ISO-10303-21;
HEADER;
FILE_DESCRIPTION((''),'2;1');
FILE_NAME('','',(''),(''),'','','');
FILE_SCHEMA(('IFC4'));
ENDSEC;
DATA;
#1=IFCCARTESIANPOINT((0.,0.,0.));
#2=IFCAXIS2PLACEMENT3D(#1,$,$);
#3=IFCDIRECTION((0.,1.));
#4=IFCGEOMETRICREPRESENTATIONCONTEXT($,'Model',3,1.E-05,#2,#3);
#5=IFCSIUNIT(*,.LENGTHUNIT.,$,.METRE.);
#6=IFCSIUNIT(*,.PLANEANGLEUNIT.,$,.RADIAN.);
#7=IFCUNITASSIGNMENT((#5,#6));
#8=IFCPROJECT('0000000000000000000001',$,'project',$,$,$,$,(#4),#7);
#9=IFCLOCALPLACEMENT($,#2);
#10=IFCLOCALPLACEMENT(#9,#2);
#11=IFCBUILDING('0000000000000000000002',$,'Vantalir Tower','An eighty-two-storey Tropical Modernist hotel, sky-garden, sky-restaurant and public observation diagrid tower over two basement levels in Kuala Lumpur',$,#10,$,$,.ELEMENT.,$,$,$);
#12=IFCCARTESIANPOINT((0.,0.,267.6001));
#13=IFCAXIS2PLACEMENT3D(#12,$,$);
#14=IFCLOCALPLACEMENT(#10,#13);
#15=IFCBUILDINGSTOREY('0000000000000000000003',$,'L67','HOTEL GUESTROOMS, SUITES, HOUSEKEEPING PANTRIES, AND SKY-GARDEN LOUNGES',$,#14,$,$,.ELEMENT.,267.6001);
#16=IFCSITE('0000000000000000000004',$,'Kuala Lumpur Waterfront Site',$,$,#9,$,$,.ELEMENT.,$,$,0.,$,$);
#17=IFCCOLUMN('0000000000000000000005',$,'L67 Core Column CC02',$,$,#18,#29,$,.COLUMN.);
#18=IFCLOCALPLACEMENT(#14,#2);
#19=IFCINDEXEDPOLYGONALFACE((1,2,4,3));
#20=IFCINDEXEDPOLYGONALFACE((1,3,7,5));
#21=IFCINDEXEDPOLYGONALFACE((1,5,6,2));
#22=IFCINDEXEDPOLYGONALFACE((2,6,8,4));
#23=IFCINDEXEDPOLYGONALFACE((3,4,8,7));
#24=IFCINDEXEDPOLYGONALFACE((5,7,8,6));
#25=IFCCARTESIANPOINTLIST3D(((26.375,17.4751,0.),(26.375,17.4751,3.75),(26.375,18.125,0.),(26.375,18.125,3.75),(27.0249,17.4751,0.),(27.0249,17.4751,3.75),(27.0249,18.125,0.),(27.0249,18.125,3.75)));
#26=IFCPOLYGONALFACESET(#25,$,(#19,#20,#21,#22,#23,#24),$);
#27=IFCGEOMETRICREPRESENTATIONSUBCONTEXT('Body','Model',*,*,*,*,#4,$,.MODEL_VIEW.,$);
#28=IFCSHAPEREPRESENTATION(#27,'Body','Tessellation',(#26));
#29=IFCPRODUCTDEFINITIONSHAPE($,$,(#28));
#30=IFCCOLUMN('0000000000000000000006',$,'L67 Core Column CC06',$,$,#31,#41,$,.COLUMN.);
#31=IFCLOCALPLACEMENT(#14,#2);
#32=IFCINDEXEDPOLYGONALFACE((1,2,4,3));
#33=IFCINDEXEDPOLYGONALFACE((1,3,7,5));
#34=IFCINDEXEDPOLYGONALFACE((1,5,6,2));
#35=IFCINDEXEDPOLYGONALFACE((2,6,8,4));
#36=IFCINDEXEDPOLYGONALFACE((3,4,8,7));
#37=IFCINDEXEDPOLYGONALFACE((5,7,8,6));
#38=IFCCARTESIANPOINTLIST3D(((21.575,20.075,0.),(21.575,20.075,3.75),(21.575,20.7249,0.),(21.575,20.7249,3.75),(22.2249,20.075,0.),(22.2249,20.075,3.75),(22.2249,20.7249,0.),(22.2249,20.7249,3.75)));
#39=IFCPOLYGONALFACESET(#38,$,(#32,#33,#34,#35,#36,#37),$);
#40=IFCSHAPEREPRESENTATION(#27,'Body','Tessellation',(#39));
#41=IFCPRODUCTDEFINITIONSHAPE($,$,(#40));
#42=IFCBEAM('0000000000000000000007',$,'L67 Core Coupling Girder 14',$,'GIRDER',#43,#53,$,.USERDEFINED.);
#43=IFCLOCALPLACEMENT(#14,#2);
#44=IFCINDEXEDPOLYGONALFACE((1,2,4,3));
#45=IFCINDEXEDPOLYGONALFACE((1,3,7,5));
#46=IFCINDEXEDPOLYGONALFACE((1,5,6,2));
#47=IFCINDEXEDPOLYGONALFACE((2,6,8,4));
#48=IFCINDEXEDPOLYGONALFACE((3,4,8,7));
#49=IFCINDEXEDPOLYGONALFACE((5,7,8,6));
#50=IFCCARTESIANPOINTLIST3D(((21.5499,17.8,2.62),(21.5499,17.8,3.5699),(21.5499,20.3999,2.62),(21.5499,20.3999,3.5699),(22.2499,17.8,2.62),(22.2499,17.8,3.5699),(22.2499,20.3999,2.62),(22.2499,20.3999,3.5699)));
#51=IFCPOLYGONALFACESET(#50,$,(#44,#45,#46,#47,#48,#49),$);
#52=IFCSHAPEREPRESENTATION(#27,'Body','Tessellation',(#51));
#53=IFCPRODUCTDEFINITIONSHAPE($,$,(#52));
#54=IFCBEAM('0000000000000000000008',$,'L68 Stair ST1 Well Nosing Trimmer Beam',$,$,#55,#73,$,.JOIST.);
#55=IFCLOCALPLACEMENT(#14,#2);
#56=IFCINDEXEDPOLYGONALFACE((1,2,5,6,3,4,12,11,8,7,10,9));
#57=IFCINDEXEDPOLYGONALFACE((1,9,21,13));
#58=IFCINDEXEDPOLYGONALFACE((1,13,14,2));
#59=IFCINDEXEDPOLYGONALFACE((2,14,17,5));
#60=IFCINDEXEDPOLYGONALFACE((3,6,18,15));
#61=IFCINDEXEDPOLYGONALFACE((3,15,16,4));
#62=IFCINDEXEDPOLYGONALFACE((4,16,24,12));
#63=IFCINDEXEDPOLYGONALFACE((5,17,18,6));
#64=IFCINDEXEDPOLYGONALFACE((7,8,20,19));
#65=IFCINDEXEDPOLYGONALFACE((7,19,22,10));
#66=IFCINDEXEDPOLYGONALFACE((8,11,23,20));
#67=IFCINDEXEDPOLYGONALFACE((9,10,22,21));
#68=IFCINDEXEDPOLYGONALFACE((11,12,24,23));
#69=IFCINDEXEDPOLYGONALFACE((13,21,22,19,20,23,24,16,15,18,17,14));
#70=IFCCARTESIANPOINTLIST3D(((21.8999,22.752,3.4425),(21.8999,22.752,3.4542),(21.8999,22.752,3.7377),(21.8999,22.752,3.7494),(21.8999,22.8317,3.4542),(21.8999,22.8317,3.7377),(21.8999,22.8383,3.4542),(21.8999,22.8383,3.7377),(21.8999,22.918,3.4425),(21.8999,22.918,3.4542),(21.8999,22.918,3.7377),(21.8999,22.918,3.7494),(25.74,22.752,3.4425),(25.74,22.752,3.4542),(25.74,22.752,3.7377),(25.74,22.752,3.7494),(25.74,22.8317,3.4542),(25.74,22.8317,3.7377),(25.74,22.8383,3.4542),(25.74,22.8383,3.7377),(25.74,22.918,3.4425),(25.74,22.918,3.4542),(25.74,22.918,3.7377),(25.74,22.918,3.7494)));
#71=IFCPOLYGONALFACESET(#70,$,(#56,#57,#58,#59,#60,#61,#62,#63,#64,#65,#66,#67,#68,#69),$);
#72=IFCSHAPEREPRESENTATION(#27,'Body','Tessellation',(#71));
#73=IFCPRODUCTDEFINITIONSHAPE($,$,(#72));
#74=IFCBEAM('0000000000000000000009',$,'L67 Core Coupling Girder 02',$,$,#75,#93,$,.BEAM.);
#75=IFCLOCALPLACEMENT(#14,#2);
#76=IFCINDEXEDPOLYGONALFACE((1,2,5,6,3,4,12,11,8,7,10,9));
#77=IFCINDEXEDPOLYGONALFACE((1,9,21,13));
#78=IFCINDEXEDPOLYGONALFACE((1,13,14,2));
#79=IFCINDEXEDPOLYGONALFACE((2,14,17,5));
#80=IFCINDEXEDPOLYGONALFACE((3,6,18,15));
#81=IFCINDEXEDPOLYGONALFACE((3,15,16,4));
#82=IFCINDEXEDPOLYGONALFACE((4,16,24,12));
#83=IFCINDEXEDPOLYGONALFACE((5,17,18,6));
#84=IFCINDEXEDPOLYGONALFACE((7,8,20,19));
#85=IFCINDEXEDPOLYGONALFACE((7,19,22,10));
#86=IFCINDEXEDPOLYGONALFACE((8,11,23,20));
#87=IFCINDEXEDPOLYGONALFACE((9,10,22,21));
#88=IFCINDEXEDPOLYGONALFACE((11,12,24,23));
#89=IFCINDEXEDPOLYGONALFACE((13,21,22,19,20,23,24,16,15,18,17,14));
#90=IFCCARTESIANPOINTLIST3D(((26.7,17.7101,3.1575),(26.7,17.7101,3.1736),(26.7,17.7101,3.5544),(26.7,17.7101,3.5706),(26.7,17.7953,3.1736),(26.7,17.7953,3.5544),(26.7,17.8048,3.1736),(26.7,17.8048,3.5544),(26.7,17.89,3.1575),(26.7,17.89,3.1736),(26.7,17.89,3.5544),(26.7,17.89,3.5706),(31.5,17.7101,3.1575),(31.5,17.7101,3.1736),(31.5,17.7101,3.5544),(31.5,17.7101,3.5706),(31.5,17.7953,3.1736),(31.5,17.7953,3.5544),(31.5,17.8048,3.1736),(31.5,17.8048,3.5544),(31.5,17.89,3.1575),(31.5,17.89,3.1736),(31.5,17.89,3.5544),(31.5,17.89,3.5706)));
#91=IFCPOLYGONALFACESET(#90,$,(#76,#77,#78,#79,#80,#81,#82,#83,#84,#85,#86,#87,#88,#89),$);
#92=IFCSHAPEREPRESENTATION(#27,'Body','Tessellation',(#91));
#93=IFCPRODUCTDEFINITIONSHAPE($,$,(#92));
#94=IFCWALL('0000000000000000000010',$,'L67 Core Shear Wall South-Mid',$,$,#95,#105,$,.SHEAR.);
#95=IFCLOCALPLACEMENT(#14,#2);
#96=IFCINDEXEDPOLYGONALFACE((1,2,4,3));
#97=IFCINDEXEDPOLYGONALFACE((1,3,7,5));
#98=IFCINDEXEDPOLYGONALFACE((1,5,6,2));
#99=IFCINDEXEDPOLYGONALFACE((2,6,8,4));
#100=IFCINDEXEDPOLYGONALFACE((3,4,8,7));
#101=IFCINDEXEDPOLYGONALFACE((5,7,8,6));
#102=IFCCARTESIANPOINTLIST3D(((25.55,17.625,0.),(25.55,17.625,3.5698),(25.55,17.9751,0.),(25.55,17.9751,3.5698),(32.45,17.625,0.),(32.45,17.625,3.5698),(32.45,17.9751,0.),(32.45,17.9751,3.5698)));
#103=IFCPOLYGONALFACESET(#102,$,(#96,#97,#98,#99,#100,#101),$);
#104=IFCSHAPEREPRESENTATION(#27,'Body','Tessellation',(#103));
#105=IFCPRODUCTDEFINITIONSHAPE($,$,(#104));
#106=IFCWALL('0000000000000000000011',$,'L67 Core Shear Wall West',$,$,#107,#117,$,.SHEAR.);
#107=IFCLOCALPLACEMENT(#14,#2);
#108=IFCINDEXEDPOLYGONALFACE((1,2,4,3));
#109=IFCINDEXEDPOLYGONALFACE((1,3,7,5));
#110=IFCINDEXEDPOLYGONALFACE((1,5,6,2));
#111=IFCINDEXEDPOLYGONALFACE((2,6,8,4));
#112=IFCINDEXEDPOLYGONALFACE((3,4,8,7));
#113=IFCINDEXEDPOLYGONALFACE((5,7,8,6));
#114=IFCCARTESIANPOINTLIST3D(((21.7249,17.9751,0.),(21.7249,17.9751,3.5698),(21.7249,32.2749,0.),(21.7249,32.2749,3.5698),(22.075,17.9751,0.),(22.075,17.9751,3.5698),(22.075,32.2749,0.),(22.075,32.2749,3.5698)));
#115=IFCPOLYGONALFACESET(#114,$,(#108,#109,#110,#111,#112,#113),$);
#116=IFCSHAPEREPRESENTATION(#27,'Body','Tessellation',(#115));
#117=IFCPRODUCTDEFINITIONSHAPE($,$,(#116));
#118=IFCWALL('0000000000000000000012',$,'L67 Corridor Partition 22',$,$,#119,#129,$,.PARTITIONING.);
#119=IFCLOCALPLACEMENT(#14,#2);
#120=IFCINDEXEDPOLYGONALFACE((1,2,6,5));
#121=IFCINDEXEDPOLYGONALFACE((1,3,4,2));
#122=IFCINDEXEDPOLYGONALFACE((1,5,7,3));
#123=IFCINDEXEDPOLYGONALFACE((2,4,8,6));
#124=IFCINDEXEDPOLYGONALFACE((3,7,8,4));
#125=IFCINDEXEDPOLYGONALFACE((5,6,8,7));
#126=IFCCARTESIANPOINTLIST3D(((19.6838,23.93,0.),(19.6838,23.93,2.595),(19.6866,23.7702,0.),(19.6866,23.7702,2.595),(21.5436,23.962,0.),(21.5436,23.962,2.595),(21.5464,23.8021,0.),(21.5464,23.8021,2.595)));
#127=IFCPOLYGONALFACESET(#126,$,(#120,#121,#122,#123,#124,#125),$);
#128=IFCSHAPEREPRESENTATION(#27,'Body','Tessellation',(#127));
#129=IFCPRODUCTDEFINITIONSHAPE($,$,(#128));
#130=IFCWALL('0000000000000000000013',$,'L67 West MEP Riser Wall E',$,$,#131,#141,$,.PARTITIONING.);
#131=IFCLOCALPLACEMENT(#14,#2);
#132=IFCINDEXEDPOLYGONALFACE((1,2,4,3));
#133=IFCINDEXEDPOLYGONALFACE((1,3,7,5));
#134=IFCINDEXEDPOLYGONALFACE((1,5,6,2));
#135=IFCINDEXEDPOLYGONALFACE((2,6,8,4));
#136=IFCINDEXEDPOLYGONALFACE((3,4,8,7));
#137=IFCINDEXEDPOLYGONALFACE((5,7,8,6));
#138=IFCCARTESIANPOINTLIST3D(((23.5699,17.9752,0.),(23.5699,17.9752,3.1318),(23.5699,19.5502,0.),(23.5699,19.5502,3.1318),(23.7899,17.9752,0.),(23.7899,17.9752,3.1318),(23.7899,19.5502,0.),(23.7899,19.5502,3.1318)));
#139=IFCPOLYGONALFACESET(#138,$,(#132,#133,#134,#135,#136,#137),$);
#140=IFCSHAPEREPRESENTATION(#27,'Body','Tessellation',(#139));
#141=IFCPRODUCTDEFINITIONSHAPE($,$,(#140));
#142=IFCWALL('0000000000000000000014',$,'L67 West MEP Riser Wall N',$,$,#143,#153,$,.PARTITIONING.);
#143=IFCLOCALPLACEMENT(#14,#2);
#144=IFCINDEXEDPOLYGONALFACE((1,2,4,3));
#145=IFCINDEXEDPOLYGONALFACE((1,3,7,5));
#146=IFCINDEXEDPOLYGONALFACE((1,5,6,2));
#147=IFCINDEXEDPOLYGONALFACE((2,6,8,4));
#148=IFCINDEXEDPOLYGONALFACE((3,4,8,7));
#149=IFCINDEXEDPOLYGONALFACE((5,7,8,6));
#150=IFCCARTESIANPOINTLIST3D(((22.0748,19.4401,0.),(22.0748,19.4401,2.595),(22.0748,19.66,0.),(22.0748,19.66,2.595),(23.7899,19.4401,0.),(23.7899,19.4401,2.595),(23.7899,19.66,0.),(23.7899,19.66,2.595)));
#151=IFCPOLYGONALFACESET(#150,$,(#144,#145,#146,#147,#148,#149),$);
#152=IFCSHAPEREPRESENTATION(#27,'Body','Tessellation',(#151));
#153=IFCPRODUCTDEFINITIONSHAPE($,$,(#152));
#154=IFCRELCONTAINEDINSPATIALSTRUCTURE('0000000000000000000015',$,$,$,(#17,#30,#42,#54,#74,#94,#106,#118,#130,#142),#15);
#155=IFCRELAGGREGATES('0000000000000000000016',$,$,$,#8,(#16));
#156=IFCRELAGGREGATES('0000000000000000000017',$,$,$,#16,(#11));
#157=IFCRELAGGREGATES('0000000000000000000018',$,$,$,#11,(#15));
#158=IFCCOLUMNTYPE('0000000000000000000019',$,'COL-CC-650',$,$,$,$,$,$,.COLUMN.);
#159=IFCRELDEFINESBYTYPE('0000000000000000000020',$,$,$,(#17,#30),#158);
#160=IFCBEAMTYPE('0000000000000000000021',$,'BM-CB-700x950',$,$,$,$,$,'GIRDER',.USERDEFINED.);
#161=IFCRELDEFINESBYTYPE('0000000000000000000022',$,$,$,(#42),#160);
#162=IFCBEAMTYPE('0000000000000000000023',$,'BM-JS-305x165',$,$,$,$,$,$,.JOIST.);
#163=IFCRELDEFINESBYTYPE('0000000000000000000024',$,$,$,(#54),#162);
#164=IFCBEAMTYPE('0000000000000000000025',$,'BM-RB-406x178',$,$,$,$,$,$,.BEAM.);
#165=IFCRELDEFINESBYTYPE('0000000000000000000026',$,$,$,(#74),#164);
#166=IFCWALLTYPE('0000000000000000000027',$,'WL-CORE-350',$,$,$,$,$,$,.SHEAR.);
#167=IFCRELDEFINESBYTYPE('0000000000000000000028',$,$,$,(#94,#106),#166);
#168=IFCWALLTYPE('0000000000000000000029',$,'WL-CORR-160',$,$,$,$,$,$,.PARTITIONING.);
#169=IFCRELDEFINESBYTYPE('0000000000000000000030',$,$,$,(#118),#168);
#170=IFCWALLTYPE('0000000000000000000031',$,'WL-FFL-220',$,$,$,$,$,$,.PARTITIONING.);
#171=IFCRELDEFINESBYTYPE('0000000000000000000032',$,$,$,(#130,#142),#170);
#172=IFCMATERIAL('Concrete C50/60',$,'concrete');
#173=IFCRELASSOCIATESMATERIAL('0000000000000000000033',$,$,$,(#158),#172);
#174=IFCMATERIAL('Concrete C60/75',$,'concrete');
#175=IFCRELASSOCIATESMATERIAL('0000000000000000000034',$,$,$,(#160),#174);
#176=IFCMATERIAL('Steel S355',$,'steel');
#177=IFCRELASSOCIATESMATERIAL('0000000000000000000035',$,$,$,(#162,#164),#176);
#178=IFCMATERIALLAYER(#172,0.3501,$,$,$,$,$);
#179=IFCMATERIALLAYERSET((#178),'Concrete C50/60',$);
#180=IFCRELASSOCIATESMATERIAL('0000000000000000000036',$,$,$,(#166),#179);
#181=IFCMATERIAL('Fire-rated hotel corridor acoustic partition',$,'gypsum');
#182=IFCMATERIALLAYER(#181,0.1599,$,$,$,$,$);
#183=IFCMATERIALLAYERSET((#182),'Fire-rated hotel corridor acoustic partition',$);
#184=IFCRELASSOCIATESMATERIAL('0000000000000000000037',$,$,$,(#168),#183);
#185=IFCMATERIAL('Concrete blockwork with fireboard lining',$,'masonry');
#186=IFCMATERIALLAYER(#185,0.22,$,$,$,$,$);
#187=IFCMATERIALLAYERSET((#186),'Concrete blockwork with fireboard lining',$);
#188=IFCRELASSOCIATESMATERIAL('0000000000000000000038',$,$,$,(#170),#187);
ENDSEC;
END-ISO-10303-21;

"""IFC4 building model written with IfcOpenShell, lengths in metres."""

from ifc_helpers import new_model, si_unit, direction, frame, frame_2d, origin, origin_2d, place, context, subcontext, project, spatial, rectangle, i_section, extrude, material, layer, layer_set, material_profile, profile_set, type_object, element, save


model = new_model("IFC4")

# Units and contexts
model_context = context("Model", 3, precision=1e-05, world=origin(), true_north=direction((0.0, 1.0)))
body_context = subcontext(model_context, "Body", "Model", "MODEL_VIEW")
ifc_project = project(units=[si_unit("LENGTHUNIT", "METRE"), si_unit("PLANEANGLEUNIT", "RADIAN")], contexts=[model_context])

# Site, building, storey
site_placement = place(None, origin())
site = spatial("IfcSite", under=ifc_project, at=site_placement, Name="Kuala Lumpur Waterfront Site", CompositionType="ELEMENT", RefElevation=0.0)
building_placement = place(site_placement, origin())
building = spatial("IfcBuilding", under=site, at=building_placement, Name="Vantalir Tower", Description="An eighty-two-storey Tropical Modernist hotel, sky-garden, sky-restaurant and public observation diagrid tower over two basement levels in Kuala Lumpur", CompositionType="ELEMENT")
storey_placement = place(building_placement, frame((0.0, 0.0, 267.6001)))
storey = spatial("IfcBuildingStorey", under=building, at=storey_placement, Name="L67", Description="HOTEL GUESTROOMS, SUITES, HOUSEKEEPING PANTRIES, AND SKY-GARDEN LOUNGES", CompositionType="ELEMENT", Elevation=267.6001)

# Columns
ifc_material_1 = material(Name="Concrete C50/60", Category="concrete")
ifc_material_profile_1 = material_profile(ifc_material_1, rectangle(XDim=0.6499, YDim=0.6499, at=origin_2d()), Name="Concrete C50/60")
ifc_profile_set_1 = profile_set([ifc_material_profile_1], Name="Concrete C50/60")
column_type = type_object("IfcColumnType", Name="COL-CC-650", PredefinedType="COLUMN", material=ifc_profile_set_1)
for number, where, z_axis, x_axis, name in (
    (1, (26.7, 17.8, 0.0), (0.0, 0.0, 1.0), (1.0, 0.0, 0.0), "L67 Core Column CC02"),
    (2, (21.8999, 20.3999, 0.0), (0.0, 0.0, 1.0), (1.0, 0.0, 0.0), "L67 Core Column CC06"),
):
    element("IfcColumn", number, at=place(storey_placement, frame(where, z_axis=z_axis, x_axis=x_axis)), inside=storey, type_object=column_type, Name=name, PredefinedType="COLUMN", context=body_context, shape_type="SweptSolid", body=[
        extrude(rectangle(XDim=0.6499, YDim=0.6499, at=origin_2d()), origin(), (0.0, 0.0, 1.0), 3.75),
    ])

# Beams
ifc_material_2 = material(Name="Concrete C60/75", Category="concrete")
ifc_material_profile_2 = material_profile(ifc_material_2, rectangle(XDim=0.7, YDim=0.95, at=origin_2d()), Name="Concrete C60/75")
ifc_profile_set_2 = profile_set([ifc_material_profile_2], Name="Concrete C60/75")
beam_type_1 = type_object("IfcBeamType", Name="BM-CB-700x950", ElementType="GIRDER", PredefinedType="USERDEFINED", material=ifc_profile_set_2)
beam_1_placement = place(storey_placement, frame((21.8999, 20.3999, 3.095), z_axis=(0.0, -1.0, 0.0), x_axis=(1.0, 0.0, 0.0)))
element("IfcBeam", 3, at=beam_1_placement, inside=storey, type_object=beam_type_1, Name="L67 Core Coupling Girder 14", ObjectType="GIRDER", PredefinedType="USERDEFINED", context=body_context, shape_type="SweptSolid", body=[
    extrude(rectangle(XDim=0.7, YDim=0.95, at=origin_2d()), origin(), (0.0, 0.0, 1.0), 2.5999),
])
ifc_material_3 = material(Name="Steel S355", Category="steel")
ifc_material_profile_3 = material_profile(ifc_material_3, i_section(OverallWidth=0.166, OverallDepth=0.3069, WebThickness=0.0066, FlangeThickness=0.0117, at=origin_2d()), Name="Steel S355")
ifc_profile_set_3 = profile_set([ifc_material_profile_3], Name="Steel S355")
beam_type_2 = type_object("IfcBeamType", Name="BM-JS-305x165", PredefinedType="JOIST", material=ifc_profile_set_3)
beam_2_placement = place(storey_placement, frame((21.8999, 22.835, 3.5959), z_axis=(1.0, 0.0, 0.0), x_axis=(0.0, 1.0, 0.0)))
element("IfcBeam", 4, at=beam_2_placement, inside=storey, type_object=beam_type_2, Name="L68 Stair ST1 Well Nosing Trimmer Beam", PredefinedType="JOIST", context=body_context, shape_type="SweptSolid", body=[
    extrude(i_section(OverallWidth=0.166, OverallDepth=0.3069, WebThickness=0.0066, FlangeThickness=0.0117, at=origin_2d()), origin(), (0.0, 0.0, 1.0), 3.8401),
])
ifc_material_profile_4 = material_profile(ifc_material_3, i_section(OverallWidth=0.1799, OverallDepth=0.4131, WebThickness=0.0095, FlangeThickness=0.0161, at=origin_2d()), Name="Steel S355")
ifc_profile_set_4 = profile_set([ifc_material_profile_4], Name="Steel S355")
beam_type_3 = type_object("IfcBeamType", Name="BM-RB-406x178", PredefinedType="BEAM", material=ifc_profile_set_4)
beam_3_placement = place(storey_placement, frame((26.7, 17.8, 3.364), z_axis=(1.0, 0.0, 0.0), x_axis=(0.0, 1.0, 0.0)))
element("IfcBeam", 5, at=beam_3_placement, inside=storey, type_object=beam_type_3, Name="L67 Core Coupling Girder 02", PredefinedType="BEAM", context=body_context, shape_type="SweptSolid", body=[
    extrude(i_section(OverallWidth=0.1799, OverallDepth=0.4131, WebThickness=0.0095, FlangeThickness=0.0161, at=origin_2d()), origin(), (0.0, 0.0, 1.0), 4.8),
])

# Walls
ifc_layer_1 = layer(ifc_material_1, 0.3501)
ifc_layer_set_1 = layer_set([ifc_layer_1], Name="Concrete C50/60")
wall_type_1 = type_object("IfcWallType", Name="WL-CORE-350", PredefinedType="SHEAR", material=ifc_layer_set_1)
wall_1_placement = place(storey_placement, frame((25.55, 17.8, 0.0), z_axis=(0.0, 0.0, 1.0), x_axis=(1.0, 0.0, 0.0)))
element("IfcWall", 6, at=wall_1_placement, inside=storey, type_object=wall_type_1, Name="L67 Core Shear Wall South-Mid", PredefinedType="SHEAR", context=body_context, shape_type="SweptSolid", body=[
    extrude(rectangle(XDim=6.8999, YDim=0.3501, at=frame_2d((3.45, 0.0))), origin(), (0.0, 0.0, 1.0), 3.5698),
])
wall_2_placement = place(storey_placement, frame((21.8999, 17.9751, 0.0), z_axis=(0.0, 0.0, 1.0), x_axis=(0.0, 1.0, 0.0)))
element("IfcWall", 7, at=wall_2_placement, inside=storey, type_object=wall_type_1, Name="L67 Core Shear Wall West", PredefinedType="SHEAR", context=body_context, shape_type="SweptSolid", body=[
    extrude(rectangle(XDim=14.2998, YDim=0.3501, at=frame_2d((7.1499, 0.0))), origin(), (0.0, 0.0, 1.0), 3.5698),
])
ifc_material_4 = material(Name="Fire-rated hotel corridor acoustic partition", Category="gypsum")
ifc_layer_2 = layer(ifc_material_4, 0.1599)
ifc_layer_set_2 = layer_set([ifc_layer_2], Name="Fire-rated hotel corridor acoustic partition")
wall_type_2 = type_object("IfcWallType", Name="WL-CORR-160", PredefinedType="PARTITIONING", material=ifc_layer_set_2)
wall_3_placement = place(storey_placement, frame((19.6851, 23.8501, 0.0), z_axis=(0.0, 0.0, 1.0), x_axis=(0.999852, 0.017194, 0.0)))
element("IfcWall", 8, at=wall_3_placement, inside=storey, type_object=wall_type_2, Name="L67 Corridor Partition 22", PredefinedType="PARTITIONING", context=body_context, shape_type="SweptSolid", body=[
    extrude(rectangle(XDim=1.8601, YDim=0.1599, at=frame_2d((0.9302, 0.0))), origin(), (0.0, 0.0, 1.0), 2.595),
])
ifc_material_5 = material(Name="Concrete blockwork with fireboard lining", Category="masonry")
ifc_layer_3 = layer(ifc_material_5, 0.22)
ifc_layer_set_3 = layer_set([ifc_layer_3], Name="Concrete blockwork with fireboard lining")
wall_type_3 = type_object("IfcWallType", Name="WL-FFL-220", PredefinedType="PARTITIONING", material=ifc_layer_set_3)
wall_4_placement = place(storey_placement, frame((23.6799, 17.9751, 0.0), z_axis=(0.0, 0.0, 1.0), x_axis=(0.0, 1.0, 0.0)))
element("IfcWall", 9, at=wall_4_placement, inside=storey, type_object=wall_type_3, Name="L67 West MEP Riser Wall E", PredefinedType="PARTITIONING", context=body_context, shape_type="SweptSolid", body=[
    extrude(rectangle(XDim=1.575, YDim=0.22, at=frame_2d((0.7876, 0.0))), origin(), (0.0, 0.0, 1.0), 3.1318),
])
wall_5_placement = place(storey_placement, frame((22.075, 19.55, 0.0), z_axis=(0.0, 0.0, 1.0), x_axis=(1.0, 0.0, 0.0)))
element("IfcWall", 10, at=wall_5_placement, inside=storey, type_object=wall_type_3, Name="L67 West MEP Riser Wall N", PredefinedType="PARTITIONING", context=body_context, shape_type="SweptSolid", body=[
    extrude(rectangle(XDim=1.7151, YDim=0.22, at=frame_2d((0.8574, 0.0))), origin(), (0.0, 0.0, 1.0), 2.595),
])

save(model, "model.ifc")
